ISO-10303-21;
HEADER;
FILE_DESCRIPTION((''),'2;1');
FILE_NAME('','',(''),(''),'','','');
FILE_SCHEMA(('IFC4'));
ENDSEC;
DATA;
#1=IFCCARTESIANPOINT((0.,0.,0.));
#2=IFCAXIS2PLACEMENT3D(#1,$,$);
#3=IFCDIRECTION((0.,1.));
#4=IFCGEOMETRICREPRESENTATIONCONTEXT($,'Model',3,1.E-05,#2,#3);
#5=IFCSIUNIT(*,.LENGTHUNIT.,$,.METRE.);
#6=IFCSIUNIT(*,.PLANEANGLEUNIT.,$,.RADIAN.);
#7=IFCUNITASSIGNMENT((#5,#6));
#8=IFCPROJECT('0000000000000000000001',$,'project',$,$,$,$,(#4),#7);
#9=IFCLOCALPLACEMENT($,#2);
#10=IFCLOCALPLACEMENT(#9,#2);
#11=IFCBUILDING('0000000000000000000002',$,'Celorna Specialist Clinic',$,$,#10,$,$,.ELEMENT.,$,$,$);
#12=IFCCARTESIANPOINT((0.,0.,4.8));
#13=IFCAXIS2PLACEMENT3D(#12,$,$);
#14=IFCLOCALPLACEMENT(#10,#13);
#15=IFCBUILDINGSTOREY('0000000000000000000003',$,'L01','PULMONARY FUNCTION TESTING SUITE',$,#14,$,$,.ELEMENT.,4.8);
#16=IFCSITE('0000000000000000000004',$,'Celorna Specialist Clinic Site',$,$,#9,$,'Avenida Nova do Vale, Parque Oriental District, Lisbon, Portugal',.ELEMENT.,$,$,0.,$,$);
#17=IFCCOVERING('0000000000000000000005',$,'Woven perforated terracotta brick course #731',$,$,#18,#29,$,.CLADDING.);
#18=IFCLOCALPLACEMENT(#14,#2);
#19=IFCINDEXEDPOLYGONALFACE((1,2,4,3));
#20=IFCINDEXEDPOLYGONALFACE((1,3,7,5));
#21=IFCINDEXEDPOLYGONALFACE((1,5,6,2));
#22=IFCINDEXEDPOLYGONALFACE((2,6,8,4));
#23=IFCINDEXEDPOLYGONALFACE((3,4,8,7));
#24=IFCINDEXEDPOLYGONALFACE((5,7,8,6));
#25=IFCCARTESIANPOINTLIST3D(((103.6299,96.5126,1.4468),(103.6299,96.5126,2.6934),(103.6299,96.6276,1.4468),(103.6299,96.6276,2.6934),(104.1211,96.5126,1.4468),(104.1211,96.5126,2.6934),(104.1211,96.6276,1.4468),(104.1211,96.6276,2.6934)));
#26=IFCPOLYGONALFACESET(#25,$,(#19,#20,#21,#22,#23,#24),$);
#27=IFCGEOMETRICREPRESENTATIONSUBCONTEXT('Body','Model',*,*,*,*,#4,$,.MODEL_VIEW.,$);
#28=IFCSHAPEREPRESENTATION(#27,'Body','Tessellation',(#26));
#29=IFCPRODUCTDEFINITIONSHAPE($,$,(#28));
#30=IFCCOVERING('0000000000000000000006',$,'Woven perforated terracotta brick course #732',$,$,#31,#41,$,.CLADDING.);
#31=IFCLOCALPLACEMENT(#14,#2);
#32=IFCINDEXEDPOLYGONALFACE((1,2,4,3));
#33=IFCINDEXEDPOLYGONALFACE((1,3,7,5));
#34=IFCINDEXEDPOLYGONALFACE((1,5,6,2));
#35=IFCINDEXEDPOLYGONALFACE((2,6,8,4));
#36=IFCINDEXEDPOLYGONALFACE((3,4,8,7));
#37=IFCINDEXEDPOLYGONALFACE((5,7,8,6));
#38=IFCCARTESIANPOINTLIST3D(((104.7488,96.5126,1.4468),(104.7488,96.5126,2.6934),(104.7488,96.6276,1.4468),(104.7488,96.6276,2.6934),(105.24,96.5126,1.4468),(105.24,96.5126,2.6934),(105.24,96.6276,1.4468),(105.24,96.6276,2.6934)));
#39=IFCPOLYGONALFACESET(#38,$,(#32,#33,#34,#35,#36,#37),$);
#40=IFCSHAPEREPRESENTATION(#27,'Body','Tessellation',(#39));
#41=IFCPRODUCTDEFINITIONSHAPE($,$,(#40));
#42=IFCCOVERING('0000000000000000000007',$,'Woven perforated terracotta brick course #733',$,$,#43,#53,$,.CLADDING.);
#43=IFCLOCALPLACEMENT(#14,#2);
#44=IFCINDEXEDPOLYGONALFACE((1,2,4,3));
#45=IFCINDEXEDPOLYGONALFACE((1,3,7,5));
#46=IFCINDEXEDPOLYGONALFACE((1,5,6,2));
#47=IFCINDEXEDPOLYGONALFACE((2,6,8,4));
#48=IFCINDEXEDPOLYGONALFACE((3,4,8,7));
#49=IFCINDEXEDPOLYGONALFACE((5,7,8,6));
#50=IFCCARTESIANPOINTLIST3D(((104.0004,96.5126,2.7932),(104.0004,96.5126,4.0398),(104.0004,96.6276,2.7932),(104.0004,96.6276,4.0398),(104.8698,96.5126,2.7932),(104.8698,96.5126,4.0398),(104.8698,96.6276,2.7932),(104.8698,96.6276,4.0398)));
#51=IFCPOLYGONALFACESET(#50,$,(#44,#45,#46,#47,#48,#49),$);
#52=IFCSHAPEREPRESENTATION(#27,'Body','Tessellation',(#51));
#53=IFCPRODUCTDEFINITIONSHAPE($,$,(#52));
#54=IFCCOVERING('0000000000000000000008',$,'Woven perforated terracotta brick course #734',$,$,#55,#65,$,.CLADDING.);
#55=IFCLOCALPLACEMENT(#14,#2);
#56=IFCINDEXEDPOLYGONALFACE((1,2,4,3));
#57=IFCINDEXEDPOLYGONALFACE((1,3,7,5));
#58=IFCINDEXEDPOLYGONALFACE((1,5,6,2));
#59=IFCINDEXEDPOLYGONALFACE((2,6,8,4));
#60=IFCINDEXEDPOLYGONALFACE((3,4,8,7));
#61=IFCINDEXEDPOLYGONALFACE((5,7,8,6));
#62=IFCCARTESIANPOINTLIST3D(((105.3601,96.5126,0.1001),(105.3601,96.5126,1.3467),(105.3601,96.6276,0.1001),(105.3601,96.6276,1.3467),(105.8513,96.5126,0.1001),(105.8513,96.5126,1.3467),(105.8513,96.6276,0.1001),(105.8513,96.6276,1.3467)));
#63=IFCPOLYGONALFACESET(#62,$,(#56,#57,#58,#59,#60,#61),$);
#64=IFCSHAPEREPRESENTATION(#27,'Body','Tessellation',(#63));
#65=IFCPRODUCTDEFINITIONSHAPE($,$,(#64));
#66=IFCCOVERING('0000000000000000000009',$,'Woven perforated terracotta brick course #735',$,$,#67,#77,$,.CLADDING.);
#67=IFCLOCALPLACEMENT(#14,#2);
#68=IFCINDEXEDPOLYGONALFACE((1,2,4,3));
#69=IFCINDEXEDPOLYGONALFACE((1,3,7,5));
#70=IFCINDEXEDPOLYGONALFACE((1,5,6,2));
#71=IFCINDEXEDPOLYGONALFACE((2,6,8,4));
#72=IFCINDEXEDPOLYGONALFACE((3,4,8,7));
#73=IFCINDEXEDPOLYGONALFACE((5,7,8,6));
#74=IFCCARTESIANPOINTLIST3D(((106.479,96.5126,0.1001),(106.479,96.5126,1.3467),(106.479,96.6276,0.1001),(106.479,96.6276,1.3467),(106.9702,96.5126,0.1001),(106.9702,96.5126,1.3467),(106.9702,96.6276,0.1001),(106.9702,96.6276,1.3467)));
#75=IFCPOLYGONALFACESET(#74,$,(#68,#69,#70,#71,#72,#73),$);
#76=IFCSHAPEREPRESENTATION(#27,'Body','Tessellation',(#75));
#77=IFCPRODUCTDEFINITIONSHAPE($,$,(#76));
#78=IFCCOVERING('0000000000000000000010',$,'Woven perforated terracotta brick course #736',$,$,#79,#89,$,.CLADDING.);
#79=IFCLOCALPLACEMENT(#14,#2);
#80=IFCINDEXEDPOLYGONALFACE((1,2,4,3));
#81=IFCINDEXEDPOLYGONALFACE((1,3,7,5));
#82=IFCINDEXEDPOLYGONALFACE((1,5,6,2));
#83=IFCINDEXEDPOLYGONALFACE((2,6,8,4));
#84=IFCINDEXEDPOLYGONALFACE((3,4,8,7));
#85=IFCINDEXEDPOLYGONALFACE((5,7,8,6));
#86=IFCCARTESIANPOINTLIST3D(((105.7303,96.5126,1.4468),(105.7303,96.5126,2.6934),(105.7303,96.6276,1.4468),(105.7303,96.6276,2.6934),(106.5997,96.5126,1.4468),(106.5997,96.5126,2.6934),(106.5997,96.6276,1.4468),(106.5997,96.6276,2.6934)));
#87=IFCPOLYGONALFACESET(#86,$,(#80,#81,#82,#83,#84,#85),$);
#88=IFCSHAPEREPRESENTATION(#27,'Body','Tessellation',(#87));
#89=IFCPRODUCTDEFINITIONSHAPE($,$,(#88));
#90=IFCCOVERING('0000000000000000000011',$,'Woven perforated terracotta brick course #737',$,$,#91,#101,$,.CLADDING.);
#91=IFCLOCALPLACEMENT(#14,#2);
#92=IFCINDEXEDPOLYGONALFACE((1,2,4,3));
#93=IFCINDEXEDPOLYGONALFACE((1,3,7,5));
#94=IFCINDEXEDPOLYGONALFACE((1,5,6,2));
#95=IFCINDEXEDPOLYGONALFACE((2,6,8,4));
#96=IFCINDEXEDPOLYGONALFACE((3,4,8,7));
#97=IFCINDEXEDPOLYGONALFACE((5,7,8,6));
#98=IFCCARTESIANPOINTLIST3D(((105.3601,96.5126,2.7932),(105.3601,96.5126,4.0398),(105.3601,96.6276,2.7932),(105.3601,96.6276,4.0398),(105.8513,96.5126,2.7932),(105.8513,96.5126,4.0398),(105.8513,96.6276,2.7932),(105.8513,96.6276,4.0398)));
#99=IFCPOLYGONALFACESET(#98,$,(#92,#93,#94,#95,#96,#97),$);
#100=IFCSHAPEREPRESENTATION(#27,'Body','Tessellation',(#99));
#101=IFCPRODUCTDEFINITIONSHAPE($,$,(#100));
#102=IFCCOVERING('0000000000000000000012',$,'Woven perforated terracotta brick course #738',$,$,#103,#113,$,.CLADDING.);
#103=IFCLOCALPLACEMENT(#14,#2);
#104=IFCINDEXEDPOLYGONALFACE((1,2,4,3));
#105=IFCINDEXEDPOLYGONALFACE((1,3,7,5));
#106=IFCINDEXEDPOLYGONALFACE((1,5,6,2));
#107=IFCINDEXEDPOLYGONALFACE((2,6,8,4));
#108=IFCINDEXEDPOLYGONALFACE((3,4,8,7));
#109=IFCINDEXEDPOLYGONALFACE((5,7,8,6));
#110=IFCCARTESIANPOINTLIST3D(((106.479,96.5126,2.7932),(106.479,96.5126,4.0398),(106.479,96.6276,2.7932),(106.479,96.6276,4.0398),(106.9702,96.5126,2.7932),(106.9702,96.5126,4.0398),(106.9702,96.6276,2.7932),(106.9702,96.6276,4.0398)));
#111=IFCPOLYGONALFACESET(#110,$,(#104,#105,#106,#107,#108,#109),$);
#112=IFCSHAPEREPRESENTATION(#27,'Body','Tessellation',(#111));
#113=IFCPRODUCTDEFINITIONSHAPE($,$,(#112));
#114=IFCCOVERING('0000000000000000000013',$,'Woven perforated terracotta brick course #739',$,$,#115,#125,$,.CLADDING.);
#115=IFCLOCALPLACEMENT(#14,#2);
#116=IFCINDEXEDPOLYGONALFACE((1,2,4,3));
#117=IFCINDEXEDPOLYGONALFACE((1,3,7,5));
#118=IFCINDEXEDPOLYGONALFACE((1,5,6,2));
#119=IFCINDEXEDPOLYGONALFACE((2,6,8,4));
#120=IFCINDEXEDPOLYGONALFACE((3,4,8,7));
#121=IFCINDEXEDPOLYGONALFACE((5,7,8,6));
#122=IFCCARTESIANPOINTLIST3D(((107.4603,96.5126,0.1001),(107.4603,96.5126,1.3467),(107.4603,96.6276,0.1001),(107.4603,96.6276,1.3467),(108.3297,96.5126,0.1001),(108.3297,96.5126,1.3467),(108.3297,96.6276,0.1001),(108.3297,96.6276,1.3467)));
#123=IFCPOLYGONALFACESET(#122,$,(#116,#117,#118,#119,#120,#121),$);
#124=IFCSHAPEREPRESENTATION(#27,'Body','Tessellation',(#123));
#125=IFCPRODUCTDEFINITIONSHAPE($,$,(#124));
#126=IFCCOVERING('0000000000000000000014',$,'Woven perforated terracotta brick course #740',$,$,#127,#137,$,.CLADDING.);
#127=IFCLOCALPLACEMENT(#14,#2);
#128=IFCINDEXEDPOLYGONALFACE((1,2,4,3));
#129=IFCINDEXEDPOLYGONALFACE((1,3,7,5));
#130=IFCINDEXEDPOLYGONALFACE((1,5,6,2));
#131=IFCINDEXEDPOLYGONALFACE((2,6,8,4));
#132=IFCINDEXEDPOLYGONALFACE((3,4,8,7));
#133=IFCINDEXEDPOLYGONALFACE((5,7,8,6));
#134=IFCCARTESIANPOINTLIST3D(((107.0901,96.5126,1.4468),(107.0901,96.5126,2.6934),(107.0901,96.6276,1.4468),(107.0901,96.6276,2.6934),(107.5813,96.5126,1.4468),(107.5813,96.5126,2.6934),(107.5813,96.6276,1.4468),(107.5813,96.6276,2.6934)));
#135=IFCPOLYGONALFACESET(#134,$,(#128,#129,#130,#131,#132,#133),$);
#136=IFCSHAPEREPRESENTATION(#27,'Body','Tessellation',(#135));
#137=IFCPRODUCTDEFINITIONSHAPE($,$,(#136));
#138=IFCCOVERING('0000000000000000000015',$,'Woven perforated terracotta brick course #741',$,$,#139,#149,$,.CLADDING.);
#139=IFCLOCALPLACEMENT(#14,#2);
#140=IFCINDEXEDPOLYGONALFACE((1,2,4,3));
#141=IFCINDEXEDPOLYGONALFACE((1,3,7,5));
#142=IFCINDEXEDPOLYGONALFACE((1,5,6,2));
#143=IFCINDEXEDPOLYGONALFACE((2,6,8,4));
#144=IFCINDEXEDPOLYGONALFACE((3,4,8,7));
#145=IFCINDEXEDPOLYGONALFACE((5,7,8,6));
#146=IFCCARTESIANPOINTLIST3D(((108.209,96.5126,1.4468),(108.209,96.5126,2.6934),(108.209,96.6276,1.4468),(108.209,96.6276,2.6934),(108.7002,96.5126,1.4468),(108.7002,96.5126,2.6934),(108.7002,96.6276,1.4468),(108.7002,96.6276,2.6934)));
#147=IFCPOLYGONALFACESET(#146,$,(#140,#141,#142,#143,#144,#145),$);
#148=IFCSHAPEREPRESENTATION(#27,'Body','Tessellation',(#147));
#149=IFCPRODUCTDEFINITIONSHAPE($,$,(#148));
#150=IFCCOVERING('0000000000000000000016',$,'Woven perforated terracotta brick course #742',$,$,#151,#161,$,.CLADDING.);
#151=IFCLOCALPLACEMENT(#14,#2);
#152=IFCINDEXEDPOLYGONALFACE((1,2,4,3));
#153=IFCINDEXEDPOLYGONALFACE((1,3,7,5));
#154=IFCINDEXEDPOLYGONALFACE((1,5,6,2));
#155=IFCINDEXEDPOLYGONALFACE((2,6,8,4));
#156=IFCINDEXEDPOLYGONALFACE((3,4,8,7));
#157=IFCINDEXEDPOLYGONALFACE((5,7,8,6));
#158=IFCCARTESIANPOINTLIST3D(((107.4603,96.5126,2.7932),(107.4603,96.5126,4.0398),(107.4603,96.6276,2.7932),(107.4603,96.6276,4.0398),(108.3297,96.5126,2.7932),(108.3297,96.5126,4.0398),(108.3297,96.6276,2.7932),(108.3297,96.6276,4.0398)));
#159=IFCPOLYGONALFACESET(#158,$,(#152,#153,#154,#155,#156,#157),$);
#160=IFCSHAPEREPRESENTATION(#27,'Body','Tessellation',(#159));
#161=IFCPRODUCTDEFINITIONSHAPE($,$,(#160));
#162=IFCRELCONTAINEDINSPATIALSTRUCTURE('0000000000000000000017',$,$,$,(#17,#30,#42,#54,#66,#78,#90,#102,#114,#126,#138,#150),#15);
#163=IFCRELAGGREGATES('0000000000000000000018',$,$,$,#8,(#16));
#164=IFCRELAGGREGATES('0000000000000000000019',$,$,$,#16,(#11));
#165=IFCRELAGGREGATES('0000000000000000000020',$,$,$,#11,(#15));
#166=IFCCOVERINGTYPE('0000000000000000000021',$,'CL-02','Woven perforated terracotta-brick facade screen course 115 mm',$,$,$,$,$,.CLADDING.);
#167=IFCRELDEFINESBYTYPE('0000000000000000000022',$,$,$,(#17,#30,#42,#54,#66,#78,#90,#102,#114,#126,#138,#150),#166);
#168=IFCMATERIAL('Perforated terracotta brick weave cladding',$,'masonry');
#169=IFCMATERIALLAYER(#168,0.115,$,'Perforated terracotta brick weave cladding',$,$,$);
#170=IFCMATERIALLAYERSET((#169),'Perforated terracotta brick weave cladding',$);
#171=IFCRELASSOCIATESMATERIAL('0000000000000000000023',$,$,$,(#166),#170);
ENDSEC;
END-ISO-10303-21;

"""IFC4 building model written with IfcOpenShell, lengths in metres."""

from ifc_helpers import new_model, si_unit, direction, frame, origin, origin_2d, place, context, subcontext, project, spatial, rectangle, extrude, material, layer, layer_set, type_object, element, save


model = new_model("IFC4")

# Units and contexts
model_context = context("Model", 3, precision=1e-05, world=origin(), true_north=direction((0.0, 1.0)))
body_context = subcontext(model_context, "Body", "Model", "MODEL_VIEW")
ifc_project = project(units=[si_unit("LENGTHUNIT", "METRE"), si_unit("PLANEANGLEUNIT", "RADIAN")], contexts=[model_context])

# Site, building, storey
site_placement = place(None, origin())
site = spatial("IfcSite", under=ifc_project, at=site_placement, Name="Celorna Specialist Clinic Site", LongName="Avenida Nova do Vale, Parque Oriental District, Lisbon, Portugal", CompositionType="ELEMENT", RefElevation=0.0)
building_placement = place(site_placement, origin())
building = spatial("IfcBuilding", under=site, at=building_placement, Name="Celorna Specialist Clinic", CompositionType="ELEMENT")
storey_placement = place(building_placement, frame((0.0, 0.0, 4.8)))
storey = spatial("IfcBuildingStorey", under=building, at=storey_placement, Name="L01", Description="PULMONARY FUNCTION TESTING SUITE", CompositionType="ELEMENT", Elevation=4.8)

# Coverings
ifc_material_1 = material(Name="Perforated terracotta brick weave cladding", Category="masonry")
ifc_layer_1 = layer(ifc_material_1, 0.115, Name="Perforated terracotta brick weave cladding")
ifc_layer_set_1 = layer_set([ifc_layer_1], Name="Perforated terracotta brick weave cladding")
covering_type = type_object("IfcCoveringType", Name="CL-02", Description="Woven perforated terracotta-brick facade screen course 115 mm", PredefinedType="CLADDING", material=ifc_layer_set_1)
for number, where, z_axis, x_axis, name in (
    (1, (103.8755, 96.5701, 1.4468), (0.0, 0.0, 1.0), (1.0, 0.0, 0.0), "Woven perforated terracotta brick course #731"),
    (2, (104.9944, 96.5701, 1.4468), (0.0, 0.0, 1.0), (1.0, 0.0, 0.0), "Woven perforated terracotta brick course #732"),
):
    element("IfcCovering", number, at=place(storey_placement, frame(where, z_axis=z_axis, x_axis=x_axis)), inside=storey, type_object=covering_type, Name=name, PredefinedType="CLADDING", context=body_context, shape_type="SweptSolid", body=[
        extrude(rectangle(XDim=0.4912, YDim=0.115, at=origin_2d()), origin(), (0.0, 0.0, 1.0), 1.2466),
    ])
covering_1_placement = place(storey_placement, frame((104.4351, 96.5701, 2.7932), z_axis=(0.0, 0.0, 1.0), x_axis=(1.0, 0.0, 0.0)))
element("IfcCovering", 3, at=covering_1_placement, inside=storey, type_object=covering_type, Name="Woven perforated terracotta brick course #733", PredefinedType="CLADDING", context=body_context, shape_type="SweptSolid", body=[
    extrude(rectangle(XDim=0.8694, YDim=0.115, at=origin_2d()), origin(), (0.0, 0.0, 1.0), 1.2466),
])
for number, where, z_axis, x_axis, name in (
    (4, (105.6057, 96.5701, 0.1001), (0.0, 0.0, 1.0), (1.0, 0.0, 0.0), "Woven perforated terracotta brick course #734"),
    (5, (106.7246, 96.5701, 0.1001), (0.0, 0.0, 1.0), (1.0, 0.0, 0.0), "Woven perforated terracotta brick course #735"),
):
    element("IfcCovering", number, at=place(storey_placement, frame(where, z_axis=z_axis, x_axis=x_axis)), inside=storey, type_object=covering_type, Name=name, PredefinedType="CLADDING", context=body_context, shape_type="SweptSolid", body=[
        extrude(rectangle(XDim=0.4912, YDim=0.115, at=origin_2d()), origin(), (0.0, 0.0, 1.0), 1.2466),
    ])
covering_2_placement = place(storey_placement, frame((106.165, 96.5701, 1.4468), z_axis=(0.0, 0.0, 1.0), x_axis=(1.0, 0.0, 0.0)))
element("IfcCovering", 6, at=covering_2_placement, inside=storey, type_object=covering_type, Name="Woven perforated terracotta brick course #736", PredefinedType="CLADDING", context=body_context, shape_type="SweptSolid", body=[
    extrude(rectangle(XDim=0.8694, YDim=0.115, at=origin_2d()), origin(), (0.0, 0.0, 1.0), 1.2466),
])
for number, where, z_axis, x_axis, name in (
    (7, (105.6057, 96.5701, 2.7932), (0.0, 0.0, 1.0), (1.0, 0.0, 0.0), "Woven perforated terracotta brick course #737"),
    (8, (106.7246, 96.5701, 2.7932), (0.0, 0.0, 1.0), (1.0, 0.0, 0.0), "Woven perforated terracotta brick course #738"),
):
    element("IfcCovering", number, at=place(storey_placement, frame(where, z_axis=z_axis, x_axis=x_axis)), inside=storey, type_object=covering_type, Name=name, PredefinedType="CLADDING", context=body_context, shape_type="SweptSolid", body=[
        extrude(rectangle(XDim=0.4912, YDim=0.115, at=origin_2d()), origin(), (0.0, 0.0, 1.0), 1.2466),
    ])
covering_3_placement = place(storey_placement, frame((107.895, 96.5701, 0.1001), z_axis=(0.0, 0.0, 1.0), x_axis=(1.0, 0.0, 0.0)))
element("IfcCovering", 9, at=covering_3_placement, inside=storey, type_object=covering_type, Name="Woven perforated terracotta brick course #739", PredefinedType="CLADDING", context=body_context, shape_type="SweptSolid", body=[
    extrude(rectangle(XDim=0.8694, YDim=0.115, at=origin_2d()), origin(), (0.0, 0.0, 1.0), 1.2466),
])
for number, where, z_axis, x_axis, name in (
    (10, (107.3357, 96.5701, 1.4468), (0.0, 0.0, 1.0), (1.0, 0.0, 0.0), "Woven perforated terracotta brick course #740"),
    (11, (108.4546, 96.5701, 1.4468), (0.0, 0.0, 1.0), (1.0, 0.0, 0.0), "Woven perforated terracotta brick course #741"),
):
    element("IfcCovering", number, at=place(storey_placement, frame(where, z_axis=z_axis, x_axis=x_axis)), inside=storey, type_object=covering_type, Name=name, PredefinedType="CLADDING", context=body_context, shape_type="SweptSolid", body=[
        extrude(rectangle(XDim=0.4912, YDim=0.115, at=origin_2d()), origin(), (0.0, 0.0, 1.0), 1.2466),
    ])
covering_4_placement = place(storey_placement, frame((107.895, 96.5701, 2.7932), z_axis=(0.0, 0.0, 1.0), x_axis=(1.0, 0.0, 0.0)))
element("IfcCovering", 12, at=covering_4_placement, inside=storey, type_object=covering_type, Name="Woven perforated terracotta brick course #742", PredefinedType="CLADDING", context=body_context, shape_type="SweptSolid", body=[
    extrude(rectangle(XDim=0.8694, YDim=0.115, at=origin_2d()), origin(), (0.0, 0.0, 1.0), 1.2466),
])

save(model, "model.ifc")
